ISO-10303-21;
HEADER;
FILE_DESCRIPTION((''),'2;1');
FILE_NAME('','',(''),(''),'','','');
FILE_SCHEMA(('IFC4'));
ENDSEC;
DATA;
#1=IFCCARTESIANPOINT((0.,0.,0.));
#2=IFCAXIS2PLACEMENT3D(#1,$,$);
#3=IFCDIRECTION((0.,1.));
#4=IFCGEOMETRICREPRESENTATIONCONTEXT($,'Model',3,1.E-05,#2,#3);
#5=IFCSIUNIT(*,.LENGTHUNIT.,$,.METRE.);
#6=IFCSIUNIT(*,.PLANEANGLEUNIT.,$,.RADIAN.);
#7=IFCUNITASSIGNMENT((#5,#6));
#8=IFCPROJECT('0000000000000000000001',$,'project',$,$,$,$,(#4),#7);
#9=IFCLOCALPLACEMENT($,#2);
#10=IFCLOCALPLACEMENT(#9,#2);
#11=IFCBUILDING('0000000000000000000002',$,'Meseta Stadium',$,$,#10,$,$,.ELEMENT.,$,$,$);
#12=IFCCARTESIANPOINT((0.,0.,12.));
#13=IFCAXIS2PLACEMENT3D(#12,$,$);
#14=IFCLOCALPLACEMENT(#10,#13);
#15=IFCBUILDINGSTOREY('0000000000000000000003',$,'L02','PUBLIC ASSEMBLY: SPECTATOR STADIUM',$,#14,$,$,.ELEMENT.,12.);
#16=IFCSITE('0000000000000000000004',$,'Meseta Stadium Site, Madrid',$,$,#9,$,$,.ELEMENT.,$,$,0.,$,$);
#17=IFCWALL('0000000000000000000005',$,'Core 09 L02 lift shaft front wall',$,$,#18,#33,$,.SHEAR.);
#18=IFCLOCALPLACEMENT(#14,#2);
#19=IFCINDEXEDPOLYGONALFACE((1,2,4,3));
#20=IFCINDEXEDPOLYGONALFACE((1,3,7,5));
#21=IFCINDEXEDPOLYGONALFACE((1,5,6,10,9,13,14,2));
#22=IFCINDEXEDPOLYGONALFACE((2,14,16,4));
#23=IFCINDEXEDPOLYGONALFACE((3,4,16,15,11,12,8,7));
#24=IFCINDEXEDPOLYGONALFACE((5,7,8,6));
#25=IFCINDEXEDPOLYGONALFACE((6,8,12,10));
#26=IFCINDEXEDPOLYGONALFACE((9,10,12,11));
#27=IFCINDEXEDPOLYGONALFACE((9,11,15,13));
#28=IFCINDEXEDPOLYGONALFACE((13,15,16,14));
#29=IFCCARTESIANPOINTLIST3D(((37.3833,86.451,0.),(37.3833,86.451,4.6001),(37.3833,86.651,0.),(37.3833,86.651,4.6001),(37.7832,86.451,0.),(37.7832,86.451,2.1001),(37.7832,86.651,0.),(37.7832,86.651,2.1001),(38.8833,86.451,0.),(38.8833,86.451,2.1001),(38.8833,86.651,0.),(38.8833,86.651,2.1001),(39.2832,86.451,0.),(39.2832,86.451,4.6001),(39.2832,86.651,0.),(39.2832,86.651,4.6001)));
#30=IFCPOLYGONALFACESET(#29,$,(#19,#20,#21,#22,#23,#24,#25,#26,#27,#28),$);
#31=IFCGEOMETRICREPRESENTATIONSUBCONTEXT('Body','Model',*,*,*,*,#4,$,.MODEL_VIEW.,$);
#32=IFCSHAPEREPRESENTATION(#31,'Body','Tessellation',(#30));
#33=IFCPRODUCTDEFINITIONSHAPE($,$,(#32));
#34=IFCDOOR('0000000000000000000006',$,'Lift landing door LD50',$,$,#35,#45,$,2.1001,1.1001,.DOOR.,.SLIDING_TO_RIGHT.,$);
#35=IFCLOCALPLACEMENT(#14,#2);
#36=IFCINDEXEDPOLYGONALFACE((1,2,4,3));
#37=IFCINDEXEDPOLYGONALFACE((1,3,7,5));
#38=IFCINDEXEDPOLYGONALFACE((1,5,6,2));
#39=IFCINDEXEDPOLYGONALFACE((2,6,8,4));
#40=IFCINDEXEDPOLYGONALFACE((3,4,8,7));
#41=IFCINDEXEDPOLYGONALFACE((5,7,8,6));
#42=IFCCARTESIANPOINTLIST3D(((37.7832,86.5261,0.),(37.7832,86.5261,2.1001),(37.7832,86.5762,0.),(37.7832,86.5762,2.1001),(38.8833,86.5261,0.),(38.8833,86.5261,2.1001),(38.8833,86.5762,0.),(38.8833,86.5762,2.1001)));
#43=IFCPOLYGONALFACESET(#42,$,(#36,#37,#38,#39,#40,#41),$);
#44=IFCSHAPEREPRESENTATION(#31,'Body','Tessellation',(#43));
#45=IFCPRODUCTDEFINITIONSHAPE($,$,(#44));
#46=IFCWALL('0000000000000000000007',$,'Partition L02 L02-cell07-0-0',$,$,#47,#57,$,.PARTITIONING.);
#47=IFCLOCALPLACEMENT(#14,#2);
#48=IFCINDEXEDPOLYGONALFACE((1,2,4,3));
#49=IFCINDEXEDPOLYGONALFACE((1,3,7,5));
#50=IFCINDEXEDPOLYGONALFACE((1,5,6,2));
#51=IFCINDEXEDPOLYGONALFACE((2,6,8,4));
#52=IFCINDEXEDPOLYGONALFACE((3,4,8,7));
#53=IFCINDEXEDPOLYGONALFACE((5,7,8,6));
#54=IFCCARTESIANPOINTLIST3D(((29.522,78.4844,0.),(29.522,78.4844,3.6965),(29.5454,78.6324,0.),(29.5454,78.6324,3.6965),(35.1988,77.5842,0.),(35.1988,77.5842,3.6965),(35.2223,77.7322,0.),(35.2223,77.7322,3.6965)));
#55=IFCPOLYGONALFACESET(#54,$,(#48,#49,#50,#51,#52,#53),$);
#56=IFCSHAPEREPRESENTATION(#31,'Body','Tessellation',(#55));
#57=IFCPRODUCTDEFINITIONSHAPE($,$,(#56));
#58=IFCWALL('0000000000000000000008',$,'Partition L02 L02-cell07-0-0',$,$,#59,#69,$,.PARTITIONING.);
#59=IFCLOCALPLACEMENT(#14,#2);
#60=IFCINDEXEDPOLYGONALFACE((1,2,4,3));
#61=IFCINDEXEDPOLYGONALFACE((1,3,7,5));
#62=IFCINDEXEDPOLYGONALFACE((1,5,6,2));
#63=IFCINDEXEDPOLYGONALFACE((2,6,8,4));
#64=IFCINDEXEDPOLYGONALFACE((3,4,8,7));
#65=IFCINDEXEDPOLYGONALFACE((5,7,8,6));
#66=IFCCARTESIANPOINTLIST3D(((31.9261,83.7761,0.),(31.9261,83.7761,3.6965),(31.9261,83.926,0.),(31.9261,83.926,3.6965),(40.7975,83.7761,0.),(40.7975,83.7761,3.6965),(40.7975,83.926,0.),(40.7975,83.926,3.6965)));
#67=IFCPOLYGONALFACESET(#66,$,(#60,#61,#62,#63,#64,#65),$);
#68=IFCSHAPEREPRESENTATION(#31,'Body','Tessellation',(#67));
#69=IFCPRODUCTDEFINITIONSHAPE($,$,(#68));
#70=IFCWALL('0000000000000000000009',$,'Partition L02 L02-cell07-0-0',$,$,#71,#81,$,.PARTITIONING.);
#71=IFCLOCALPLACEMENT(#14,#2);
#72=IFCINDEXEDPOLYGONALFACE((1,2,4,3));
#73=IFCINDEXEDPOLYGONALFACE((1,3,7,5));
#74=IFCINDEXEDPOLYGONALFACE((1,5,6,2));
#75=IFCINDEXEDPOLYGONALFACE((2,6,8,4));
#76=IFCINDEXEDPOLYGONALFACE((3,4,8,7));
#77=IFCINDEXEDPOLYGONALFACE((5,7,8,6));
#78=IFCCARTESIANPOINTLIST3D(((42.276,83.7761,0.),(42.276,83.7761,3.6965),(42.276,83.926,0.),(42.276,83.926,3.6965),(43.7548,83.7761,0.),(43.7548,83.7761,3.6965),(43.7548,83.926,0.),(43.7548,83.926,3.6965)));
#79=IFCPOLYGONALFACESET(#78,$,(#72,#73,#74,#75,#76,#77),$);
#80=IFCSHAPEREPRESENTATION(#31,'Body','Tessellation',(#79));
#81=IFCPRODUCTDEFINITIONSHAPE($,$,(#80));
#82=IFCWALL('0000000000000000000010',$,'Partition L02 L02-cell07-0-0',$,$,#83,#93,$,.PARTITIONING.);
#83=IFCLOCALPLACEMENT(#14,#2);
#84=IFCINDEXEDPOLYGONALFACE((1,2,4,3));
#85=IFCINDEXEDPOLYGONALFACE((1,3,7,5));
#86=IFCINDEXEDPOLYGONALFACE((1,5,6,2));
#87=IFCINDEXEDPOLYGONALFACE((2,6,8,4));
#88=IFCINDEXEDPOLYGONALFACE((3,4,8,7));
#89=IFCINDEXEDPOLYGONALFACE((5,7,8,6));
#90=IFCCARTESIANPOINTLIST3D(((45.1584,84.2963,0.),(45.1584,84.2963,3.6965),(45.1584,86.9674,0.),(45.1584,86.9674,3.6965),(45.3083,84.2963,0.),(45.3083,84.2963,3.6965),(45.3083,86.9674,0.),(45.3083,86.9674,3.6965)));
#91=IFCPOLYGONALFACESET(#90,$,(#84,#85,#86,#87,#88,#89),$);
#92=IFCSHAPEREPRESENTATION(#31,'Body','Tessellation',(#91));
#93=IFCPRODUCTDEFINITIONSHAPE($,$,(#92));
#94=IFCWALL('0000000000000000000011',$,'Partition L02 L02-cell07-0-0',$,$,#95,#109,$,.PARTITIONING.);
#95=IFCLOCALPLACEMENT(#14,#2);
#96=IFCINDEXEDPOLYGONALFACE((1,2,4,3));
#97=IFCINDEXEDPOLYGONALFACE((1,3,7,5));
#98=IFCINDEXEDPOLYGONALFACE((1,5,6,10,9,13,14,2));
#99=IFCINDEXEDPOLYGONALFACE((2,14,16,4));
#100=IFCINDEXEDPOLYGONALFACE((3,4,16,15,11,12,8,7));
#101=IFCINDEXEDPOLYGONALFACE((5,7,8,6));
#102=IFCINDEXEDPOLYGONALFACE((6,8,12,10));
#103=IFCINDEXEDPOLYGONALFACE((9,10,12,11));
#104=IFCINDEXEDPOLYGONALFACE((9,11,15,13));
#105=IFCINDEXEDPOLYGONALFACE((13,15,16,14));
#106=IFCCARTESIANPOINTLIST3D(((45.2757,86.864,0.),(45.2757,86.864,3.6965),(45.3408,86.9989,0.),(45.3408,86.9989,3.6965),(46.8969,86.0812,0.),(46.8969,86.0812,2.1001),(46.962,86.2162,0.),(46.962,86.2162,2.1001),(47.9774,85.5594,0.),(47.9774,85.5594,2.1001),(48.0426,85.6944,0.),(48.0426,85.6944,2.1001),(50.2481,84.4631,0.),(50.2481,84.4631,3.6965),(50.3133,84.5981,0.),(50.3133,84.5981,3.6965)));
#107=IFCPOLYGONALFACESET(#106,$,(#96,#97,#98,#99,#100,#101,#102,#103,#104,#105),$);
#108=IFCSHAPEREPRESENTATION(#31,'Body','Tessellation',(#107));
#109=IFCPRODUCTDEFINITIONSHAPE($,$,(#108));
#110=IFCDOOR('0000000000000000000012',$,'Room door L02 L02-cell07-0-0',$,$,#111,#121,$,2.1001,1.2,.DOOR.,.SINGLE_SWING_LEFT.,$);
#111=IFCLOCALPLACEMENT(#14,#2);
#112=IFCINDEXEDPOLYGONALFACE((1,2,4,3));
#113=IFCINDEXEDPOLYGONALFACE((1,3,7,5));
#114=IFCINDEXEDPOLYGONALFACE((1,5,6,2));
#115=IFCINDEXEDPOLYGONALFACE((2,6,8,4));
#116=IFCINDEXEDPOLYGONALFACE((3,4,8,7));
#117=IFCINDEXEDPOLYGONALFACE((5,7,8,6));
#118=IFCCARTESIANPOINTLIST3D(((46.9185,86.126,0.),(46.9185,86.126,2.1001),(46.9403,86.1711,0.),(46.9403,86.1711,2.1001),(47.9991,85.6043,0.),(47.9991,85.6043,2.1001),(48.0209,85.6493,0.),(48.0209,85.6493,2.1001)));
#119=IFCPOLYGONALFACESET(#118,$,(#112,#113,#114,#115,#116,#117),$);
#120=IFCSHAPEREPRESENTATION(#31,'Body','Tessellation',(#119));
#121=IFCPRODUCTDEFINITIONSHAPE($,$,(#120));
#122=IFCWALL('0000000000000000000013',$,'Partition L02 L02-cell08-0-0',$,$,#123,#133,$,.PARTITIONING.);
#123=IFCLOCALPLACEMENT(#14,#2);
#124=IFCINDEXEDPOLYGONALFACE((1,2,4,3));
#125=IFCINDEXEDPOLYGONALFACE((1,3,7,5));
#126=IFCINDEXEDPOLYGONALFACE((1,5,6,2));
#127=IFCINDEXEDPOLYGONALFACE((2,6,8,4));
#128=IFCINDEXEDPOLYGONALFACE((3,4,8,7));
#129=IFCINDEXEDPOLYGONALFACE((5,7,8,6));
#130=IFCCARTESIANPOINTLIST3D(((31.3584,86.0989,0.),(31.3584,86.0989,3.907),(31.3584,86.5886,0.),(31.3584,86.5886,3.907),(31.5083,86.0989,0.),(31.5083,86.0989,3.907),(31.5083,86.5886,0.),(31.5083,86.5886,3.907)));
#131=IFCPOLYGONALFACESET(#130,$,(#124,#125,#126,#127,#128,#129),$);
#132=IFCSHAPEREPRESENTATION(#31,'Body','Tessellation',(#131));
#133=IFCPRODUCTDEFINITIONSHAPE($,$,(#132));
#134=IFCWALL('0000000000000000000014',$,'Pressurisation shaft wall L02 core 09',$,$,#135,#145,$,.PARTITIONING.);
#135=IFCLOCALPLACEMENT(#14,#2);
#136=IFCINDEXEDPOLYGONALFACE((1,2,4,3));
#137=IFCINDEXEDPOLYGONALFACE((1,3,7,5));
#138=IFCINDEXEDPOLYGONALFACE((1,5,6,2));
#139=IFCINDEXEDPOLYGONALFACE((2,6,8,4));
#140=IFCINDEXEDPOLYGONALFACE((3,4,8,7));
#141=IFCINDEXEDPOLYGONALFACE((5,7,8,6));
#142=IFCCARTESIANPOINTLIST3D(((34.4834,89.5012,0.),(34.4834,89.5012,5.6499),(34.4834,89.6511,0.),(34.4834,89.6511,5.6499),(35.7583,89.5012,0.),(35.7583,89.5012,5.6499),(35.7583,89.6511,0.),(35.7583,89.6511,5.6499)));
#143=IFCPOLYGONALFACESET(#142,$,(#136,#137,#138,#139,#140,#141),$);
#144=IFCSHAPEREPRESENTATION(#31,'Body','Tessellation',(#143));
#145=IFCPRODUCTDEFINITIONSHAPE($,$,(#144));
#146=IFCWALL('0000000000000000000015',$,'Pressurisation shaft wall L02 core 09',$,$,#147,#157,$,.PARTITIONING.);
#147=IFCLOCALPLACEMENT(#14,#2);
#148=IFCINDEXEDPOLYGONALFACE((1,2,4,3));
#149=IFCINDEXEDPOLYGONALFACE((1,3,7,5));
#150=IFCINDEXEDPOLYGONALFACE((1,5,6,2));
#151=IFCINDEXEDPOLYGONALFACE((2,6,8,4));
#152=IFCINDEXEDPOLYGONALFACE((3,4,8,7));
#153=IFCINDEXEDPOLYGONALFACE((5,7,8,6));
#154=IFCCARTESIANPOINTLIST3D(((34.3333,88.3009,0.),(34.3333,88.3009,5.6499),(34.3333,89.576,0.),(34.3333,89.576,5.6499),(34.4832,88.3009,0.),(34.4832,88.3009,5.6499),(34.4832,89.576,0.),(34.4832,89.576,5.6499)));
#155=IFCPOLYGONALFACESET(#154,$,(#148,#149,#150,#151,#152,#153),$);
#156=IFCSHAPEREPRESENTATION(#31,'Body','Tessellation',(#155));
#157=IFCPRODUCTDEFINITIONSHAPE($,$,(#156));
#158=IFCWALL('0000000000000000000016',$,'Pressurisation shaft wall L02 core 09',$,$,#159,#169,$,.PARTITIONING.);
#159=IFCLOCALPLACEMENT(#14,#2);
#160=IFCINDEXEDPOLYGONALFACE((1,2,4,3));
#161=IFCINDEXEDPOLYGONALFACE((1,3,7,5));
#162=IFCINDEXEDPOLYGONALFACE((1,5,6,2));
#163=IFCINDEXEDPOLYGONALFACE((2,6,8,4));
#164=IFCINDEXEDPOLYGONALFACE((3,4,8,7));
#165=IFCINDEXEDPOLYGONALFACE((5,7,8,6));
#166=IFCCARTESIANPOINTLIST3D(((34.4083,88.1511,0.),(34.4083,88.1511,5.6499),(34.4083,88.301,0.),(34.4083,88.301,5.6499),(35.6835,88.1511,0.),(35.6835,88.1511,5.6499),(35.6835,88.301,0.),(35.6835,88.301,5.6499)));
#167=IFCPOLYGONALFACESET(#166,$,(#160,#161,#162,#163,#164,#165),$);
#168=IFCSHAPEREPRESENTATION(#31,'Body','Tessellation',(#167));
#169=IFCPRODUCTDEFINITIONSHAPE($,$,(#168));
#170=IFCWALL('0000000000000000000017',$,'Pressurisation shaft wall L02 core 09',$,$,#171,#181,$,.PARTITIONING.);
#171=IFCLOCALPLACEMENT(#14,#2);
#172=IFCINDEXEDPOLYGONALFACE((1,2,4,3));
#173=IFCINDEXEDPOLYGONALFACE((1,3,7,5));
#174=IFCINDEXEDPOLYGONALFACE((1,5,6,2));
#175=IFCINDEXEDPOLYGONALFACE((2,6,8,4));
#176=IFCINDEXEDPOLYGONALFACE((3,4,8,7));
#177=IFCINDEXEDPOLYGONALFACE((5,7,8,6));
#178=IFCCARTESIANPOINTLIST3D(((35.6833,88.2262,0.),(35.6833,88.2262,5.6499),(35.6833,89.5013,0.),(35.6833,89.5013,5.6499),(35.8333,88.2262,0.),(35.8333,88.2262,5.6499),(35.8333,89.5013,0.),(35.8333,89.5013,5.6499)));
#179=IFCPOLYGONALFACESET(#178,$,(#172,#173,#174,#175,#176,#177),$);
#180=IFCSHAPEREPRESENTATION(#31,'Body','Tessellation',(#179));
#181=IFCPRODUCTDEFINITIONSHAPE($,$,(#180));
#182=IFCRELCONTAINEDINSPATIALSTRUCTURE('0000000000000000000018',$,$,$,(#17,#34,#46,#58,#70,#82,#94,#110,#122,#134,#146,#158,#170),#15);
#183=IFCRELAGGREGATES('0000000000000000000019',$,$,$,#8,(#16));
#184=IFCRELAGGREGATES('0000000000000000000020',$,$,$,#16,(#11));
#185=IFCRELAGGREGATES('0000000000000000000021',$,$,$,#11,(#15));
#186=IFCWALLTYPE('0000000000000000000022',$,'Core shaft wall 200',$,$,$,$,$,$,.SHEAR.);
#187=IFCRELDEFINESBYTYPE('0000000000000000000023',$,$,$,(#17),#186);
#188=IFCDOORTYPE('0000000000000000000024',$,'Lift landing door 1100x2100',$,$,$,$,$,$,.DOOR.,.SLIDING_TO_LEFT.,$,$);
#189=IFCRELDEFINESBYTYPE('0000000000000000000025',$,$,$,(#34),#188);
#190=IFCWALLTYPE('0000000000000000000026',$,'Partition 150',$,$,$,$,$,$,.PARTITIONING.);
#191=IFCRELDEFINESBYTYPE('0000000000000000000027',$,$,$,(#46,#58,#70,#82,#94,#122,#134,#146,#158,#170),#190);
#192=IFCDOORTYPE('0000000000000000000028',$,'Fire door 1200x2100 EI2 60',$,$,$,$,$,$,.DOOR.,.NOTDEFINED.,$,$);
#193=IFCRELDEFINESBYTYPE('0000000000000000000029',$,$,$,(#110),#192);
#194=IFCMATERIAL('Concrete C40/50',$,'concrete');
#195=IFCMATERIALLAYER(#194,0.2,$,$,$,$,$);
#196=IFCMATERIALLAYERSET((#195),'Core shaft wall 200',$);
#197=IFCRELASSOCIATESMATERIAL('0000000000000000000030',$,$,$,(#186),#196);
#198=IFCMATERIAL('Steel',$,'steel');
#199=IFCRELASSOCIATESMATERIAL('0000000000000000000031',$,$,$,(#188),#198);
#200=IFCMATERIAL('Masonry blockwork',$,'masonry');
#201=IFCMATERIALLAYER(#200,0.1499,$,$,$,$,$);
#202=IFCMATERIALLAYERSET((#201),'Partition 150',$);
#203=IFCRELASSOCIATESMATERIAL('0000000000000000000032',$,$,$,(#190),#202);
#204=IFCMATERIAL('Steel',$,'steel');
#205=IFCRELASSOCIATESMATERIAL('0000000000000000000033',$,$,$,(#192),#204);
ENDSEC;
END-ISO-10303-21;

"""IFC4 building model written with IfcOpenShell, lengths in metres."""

from ifc_helpers import new_model, si_unit, direction, frame, frame_2d, origin, place, context, subcontext, project, spatial, rectangle, extrude, material, layer, layer_set, type_object, element, fill, save


model = new_model("IFC4")

# Units and contexts
model_context = context("Model", 3, precision=1e-05, world=origin(), true_north=direction((0.0, 1.0)))
body_context = subcontext(model_context, "Body", "Model", "MODEL_VIEW")
ifc_project = project(units=[si_unit("LENGTHUNIT", "METRE"), si_unit("PLANEANGLEUNIT", "RADIAN")], contexts=[model_context])

# Site, building, storey
site_placement = place(None, origin())
site = spatial("IfcSite", under=ifc_project, at=site_placement, Name="Meseta Stadium Site, Madrid", CompositionType="ELEMENT", RefElevation=0.0)
building_placement = place(site_placement, origin())
building = spatial("IfcBuilding", under=site, at=building_placement, Name="Meseta Stadium", CompositionType="ELEMENT")
storey_placement = place(building_placement, frame((0.0, 0.0, 12.0)))
storey = spatial("IfcBuildingStorey", under=building, at=storey_placement, Name="L02", Description="PUBLIC ASSEMBLY: SPECTATOR STADIUM", CompositionType="ELEMENT", Elevation=12.0)

# Shared definitions
ifc_material_1 = material(Name="Concrete C40/50", Category="concrete")
ifc_layer_1 = layer(ifc_material_1, 0.2)
ifc_layer_set_1 = layer_set([ifc_layer_1], Name="Core shaft wall 200")
wall_type_1 = type_object("IfcWallType", Name="Core shaft wall 200", PredefinedType="SHEAR", material=ifc_layer_set_1)

# Wall, opening, door
wall_1_placement = place(storey_placement, frame((39.2832, 86.551, 0.0), z_axis=(0.0, 0.0, 1.0), x_axis=(-1.0, 0.0, 0.0)))
wall_1 = element("IfcWall", 1, at=wall_1_placement, inside=storey, type_object=wall_type_1, Name="Core 09 L02 lift shaft front wall", PredefinedType="SHEAR", context=body_context, shape_type="SweptSolid", body=[
    extrude(rectangle(XDim=1.8999, YDim=0.2, at=frame_2d((0.95, 0.0))), origin(), (0.0, 0.0, 1.0), 4.6001),
])
opening_1_placement = place(wall_1_placement, frame((0.3999, 0.0, 0.0)))
opening_1 = element("IfcOpeningElement", 2, at=opening_1_placement, cuts=wall_1, PredefinedType="OPENING", context=body_context, shape_type="SweptSolid", body=[
    extrude(rectangle(XDim=1.1001, YDim=2.1001, at=frame_2d((0.55, 1.05))), frame((0.0, 0.1099, 0.0), z_axis=(0.0, -1.0, 0.0), x_axis=(1.0, 0.0, 0.0)), (0.0, 0.0, 1.0), 0.22),
])
ifc_material_2 = material(Name="Steel", Category="steel")
door_type_1 = type_object("IfcDoorType", Name="Lift landing door 1100x2100", OperationType="SLIDING_TO_LEFT", PredefinedType="DOOR", material=ifc_material_2)
door_1_placement = place(opening_1_placement, origin())
door_1 = element("IfcDoor", 3, at=door_1_placement, inside=storey, type_object=door_type_1, Name="Lift landing door LD50", OperationType="SLIDING_TO_RIGHT", OverallHeight=2.1001, OverallWidth=1.1001, PredefinedType="DOOR", context=body_context, shape_type="SweptSolid", body=[
    extrude(rectangle(XDim=1.1001, YDim=2.1001, at=frame_2d((0.55, 1.05))), frame((0.0, 0.0249, 0.0), z_axis=(0.0, -1.0, 0.0), x_axis=(1.0, 0.0, 0.0)), (0.0, 0.0, 1.0), 0.05),
])
fill(opening_1, door_1)

# Walls
ifc_material_3 = material(Name="Masonry blockwork", Category="masonry")
ifc_layer_2 = layer(ifc_material_3, 0.1499)
ifc_layer_set_2 = layer_set([ifc_layer_2], Name="Partition 150")
wall_type_2 = type_object("IfcWallType", Name="Partition 150", PredefinedType="PARTITIONING", material=ifc_layer_set_2)
wall_2_placement = place(storey_placement, frame((35.2107, 77.6582, 0.0), z_axis=(0.0, 0.0, 1.0), x_axis=(-0.98766, 0.15661, 0.0)))
element("IfcWall", 4, at=wall_2_placement, inside=storey, type_object=wall_type_2, Name="Partition L02 L02-cell07-0-0", PredefinedType="PARTITIONING", context=body_context, shape_type="SweptSolid", body=[
    extrude(rectangle(XDim=5.7478, YDim=0.1499, at=frame_2d((2.874, 0.0))), origin(), (0.0, 0.0, 1.0), 3.6965),
])
wall_3_placement = place(storey_placement, frame((31.9263, 83.8511, 0.0), z_axis=(0.0, 0.0, 1.0), x_axis=(1.0, 0.0, 0.0)))
element("IfcWall", 5, at=wall_3_placement, inside=storey, type_object=wall_type_2, Name="Partition L02 L02-cell07-0-0", PredefinedType="PARTITIONING", context=body_context, shape_type="SweptSolid", body=[
    extrude(rectangle(XDim=8.8713, YDim=0.1499, at=frame_2d((4.4355, 0.0))), origin(), (0.0, 0.0, 1.0), 3.6965),
])
wall_4_placement = place(storey_placement, frame((42.2761, 83.8511, 0.0), z_axis=(0.0, 0.0, 1.0), x_axis=(1.0, 0.0, 0.0)))
element("IfcWall", 6, at=wall_4_placement, inside=storey, type_object=wall_type_2, Name="Partition L02 L02-cell07-0-0", PredefinedType="PARTITIONING", context=body_context, shape_type="SweptSolid", body=[
    extrude(rectangle(XDim=1.4788, YDim=0.1499, at=frame_2d((0.7393, 0.0))), origin(), (0.0, 0.0, 1.0), 3.6965),
])
wall_5_placement = place(storey_placement, frame((45.2334, 84.2964, 0.0), z_axis=(0.0, 0.0, 1.0), x_axis=(0.0, 1.0, 0.0)))
element("IfcWall", 7, at=wall_5_placement, inside=storey, type_object=wall_type_2, Name="Partition L02 L02-cell07-0-0", PredefinedType="PARTITIONING", context=body_context, shape_type="SweptSolid", body=[
    extrude(rectangle(XDim=2.6711, YDim=0.1499, at=frame_2d((1.3354, 0.0))), origin(), (0.0, 0.0, 1.0), 3.6965),
])

# Wall, opening, door
wall_6_placement = place(storey_placement, frame((45.3083, 86.9314, 0.0), z_axis=(0.0, 0.0, 1.0), x_axis=(0.900523, -0.434808, 0.0)))
wall_6 = element("IfcWall", 8, at=wall_6_placement, inside=storey, type_object=wall_type_2, Name="Partition L02 L02-cell07-0-0", PredefinedType="PARTITIONING", context=body_context, shape_type="SweptSolid", body=[
    extrude(rectangle(XDim=5.5217, YDim=0.1499, at=frame_2d((2.7607, 0.0))), origin(), (0.0, 0.0, 1.0), 3.6965),
])
opening_2_placement = place(wall_6_placement, frame((1.8, 0.0, 0.0)))
opening_2 = element("IfcOpeningElement", 9, at=opening_2_placement, cuts=wall_6, PredefinedType="OPENING", context=body_context, shape_type="SweptSolid", body=[
    extrude(rectangle(XDim=1.2, YDim=2.1001, at=frame_2d((0.6001, 1.05))), frame((0.0, 0.085, 0.0), z_axis=(0.0, -1.0, 0.0), x_axis=(1.0, 0.0, 0.0)), (0.0, 0.0, 1.0), 0.1699),
])
ifc_material_4 = material(Name="Steel", Category="steel")
door_type_2 = type_object("IfcDoorType", Name="Fire door 1200x2100 EI2 60", OperationType="NOTDEFINED", PredefinedType="DOOR", material=ifc_material_4)
door_2_placement = place(opening_2_placement, origin())
door_2 = element("IfcDoor", 10, at=door_2_placement, inside=storey, type_object=door_type_2, Name="Room door L02 L02-cell07-0-0", OperationType="SINGLE_SWING_LEFT", OverallHeight=2.1001, OverallWidth=1.2, PredefinedType="DOOR", context=body_context, shape_type="SweptSolid", body=[
    extrude(rectangle(XDim=1.2, YDim=2.1001, at=frame_2d((0.6001, 1.05))), frame((0.0, 0.0249, 0.0), z_axis=(0.0, -1.0, 0.0), x_axis=(1.0, 0.0, 0.0)), (0.0, 0.0, 1.0), 0.05),
])
fill(opening_2, door_2)

# Walls
wall_7_placement = place(storey_placement, frame((31.4333, 86.5886, 0.0), z_axis=(0.0, 0.0, 1.0), x_axis=(0.0, -1.0, 0.0)))
element("IfcWall", 11, at=wall_7_placement, inside=storey, type_object=wall_type_2, Name="Partition L02 L02-cell08-0-0", PredefinedType="PARTITIONING", context=body_context, shape_type="SweptSolid", body=[
    extrude(rectangle(XDim=0.4897, YDim=0.1499, at=frame_2d((0.2449, 0.0))), origin(), (0.0, 0.0, 1.0), 3.907),
])
wall_8_placement = place(storey_placement, frame((35.7583, 89.5762, 0.0), z_axis=(0.0, 0.0, 1.0), x_axis=(-1.0, 0.0, 0.0)))
element("IfcWall", 12, at=wall_8_placement, inside=storey, type_object=wall_type_2, Name="Pressurisation shaft wall L02 core 09", PredefinedType="PARTITIONING", context=body_context, shape_type="SweptSolid", body=[
    extrude(rectangle(XDim=1.2749, YDim=0.1499, at=frame_2d((0.6375, 0.0))), origin(), (0.0, 0.0, 1.0), 5.6499),
])
for number, where, z_axis, x_axis, name in (
    (13, (34.4082, 89.5762, 0.0), (0.0, 0.0, 1.0), (0.0, -1.0, 0.0), "Pressurisation shaft wall L02 core 09"),
    (14, (34.4082, 88.2261, 0.0), (0.0, 0.0, 1.0), (1.0, 0.0, 0.0), "Pressurisation shaft wall L02 core 09"),
    (15, (35.7583, 88.2261, 0.0), (0.0, 0.0, 1.0), (0.0, 1.0, 0.0), "Pressurisation shaft wall L02 core 09"),
):
    element("IfcWall", number, at=place(storey_placement, frame(where, z_axis=z_axis, x_axis=x_axis)), inside=storey, type_object=wall_type_2, Name=name, PredefinedType="PARTITIONING", context=body_context, shape_type="SweptSolid", body=[
        extrude(rectangle(XDim=1.2751, YDim=0.1499, at=frame_2d((0.6377, 0.0))), origin(), (0.0, 0.0, 1.0), 5.6499),
    ])

save(model, "model.ifc")
